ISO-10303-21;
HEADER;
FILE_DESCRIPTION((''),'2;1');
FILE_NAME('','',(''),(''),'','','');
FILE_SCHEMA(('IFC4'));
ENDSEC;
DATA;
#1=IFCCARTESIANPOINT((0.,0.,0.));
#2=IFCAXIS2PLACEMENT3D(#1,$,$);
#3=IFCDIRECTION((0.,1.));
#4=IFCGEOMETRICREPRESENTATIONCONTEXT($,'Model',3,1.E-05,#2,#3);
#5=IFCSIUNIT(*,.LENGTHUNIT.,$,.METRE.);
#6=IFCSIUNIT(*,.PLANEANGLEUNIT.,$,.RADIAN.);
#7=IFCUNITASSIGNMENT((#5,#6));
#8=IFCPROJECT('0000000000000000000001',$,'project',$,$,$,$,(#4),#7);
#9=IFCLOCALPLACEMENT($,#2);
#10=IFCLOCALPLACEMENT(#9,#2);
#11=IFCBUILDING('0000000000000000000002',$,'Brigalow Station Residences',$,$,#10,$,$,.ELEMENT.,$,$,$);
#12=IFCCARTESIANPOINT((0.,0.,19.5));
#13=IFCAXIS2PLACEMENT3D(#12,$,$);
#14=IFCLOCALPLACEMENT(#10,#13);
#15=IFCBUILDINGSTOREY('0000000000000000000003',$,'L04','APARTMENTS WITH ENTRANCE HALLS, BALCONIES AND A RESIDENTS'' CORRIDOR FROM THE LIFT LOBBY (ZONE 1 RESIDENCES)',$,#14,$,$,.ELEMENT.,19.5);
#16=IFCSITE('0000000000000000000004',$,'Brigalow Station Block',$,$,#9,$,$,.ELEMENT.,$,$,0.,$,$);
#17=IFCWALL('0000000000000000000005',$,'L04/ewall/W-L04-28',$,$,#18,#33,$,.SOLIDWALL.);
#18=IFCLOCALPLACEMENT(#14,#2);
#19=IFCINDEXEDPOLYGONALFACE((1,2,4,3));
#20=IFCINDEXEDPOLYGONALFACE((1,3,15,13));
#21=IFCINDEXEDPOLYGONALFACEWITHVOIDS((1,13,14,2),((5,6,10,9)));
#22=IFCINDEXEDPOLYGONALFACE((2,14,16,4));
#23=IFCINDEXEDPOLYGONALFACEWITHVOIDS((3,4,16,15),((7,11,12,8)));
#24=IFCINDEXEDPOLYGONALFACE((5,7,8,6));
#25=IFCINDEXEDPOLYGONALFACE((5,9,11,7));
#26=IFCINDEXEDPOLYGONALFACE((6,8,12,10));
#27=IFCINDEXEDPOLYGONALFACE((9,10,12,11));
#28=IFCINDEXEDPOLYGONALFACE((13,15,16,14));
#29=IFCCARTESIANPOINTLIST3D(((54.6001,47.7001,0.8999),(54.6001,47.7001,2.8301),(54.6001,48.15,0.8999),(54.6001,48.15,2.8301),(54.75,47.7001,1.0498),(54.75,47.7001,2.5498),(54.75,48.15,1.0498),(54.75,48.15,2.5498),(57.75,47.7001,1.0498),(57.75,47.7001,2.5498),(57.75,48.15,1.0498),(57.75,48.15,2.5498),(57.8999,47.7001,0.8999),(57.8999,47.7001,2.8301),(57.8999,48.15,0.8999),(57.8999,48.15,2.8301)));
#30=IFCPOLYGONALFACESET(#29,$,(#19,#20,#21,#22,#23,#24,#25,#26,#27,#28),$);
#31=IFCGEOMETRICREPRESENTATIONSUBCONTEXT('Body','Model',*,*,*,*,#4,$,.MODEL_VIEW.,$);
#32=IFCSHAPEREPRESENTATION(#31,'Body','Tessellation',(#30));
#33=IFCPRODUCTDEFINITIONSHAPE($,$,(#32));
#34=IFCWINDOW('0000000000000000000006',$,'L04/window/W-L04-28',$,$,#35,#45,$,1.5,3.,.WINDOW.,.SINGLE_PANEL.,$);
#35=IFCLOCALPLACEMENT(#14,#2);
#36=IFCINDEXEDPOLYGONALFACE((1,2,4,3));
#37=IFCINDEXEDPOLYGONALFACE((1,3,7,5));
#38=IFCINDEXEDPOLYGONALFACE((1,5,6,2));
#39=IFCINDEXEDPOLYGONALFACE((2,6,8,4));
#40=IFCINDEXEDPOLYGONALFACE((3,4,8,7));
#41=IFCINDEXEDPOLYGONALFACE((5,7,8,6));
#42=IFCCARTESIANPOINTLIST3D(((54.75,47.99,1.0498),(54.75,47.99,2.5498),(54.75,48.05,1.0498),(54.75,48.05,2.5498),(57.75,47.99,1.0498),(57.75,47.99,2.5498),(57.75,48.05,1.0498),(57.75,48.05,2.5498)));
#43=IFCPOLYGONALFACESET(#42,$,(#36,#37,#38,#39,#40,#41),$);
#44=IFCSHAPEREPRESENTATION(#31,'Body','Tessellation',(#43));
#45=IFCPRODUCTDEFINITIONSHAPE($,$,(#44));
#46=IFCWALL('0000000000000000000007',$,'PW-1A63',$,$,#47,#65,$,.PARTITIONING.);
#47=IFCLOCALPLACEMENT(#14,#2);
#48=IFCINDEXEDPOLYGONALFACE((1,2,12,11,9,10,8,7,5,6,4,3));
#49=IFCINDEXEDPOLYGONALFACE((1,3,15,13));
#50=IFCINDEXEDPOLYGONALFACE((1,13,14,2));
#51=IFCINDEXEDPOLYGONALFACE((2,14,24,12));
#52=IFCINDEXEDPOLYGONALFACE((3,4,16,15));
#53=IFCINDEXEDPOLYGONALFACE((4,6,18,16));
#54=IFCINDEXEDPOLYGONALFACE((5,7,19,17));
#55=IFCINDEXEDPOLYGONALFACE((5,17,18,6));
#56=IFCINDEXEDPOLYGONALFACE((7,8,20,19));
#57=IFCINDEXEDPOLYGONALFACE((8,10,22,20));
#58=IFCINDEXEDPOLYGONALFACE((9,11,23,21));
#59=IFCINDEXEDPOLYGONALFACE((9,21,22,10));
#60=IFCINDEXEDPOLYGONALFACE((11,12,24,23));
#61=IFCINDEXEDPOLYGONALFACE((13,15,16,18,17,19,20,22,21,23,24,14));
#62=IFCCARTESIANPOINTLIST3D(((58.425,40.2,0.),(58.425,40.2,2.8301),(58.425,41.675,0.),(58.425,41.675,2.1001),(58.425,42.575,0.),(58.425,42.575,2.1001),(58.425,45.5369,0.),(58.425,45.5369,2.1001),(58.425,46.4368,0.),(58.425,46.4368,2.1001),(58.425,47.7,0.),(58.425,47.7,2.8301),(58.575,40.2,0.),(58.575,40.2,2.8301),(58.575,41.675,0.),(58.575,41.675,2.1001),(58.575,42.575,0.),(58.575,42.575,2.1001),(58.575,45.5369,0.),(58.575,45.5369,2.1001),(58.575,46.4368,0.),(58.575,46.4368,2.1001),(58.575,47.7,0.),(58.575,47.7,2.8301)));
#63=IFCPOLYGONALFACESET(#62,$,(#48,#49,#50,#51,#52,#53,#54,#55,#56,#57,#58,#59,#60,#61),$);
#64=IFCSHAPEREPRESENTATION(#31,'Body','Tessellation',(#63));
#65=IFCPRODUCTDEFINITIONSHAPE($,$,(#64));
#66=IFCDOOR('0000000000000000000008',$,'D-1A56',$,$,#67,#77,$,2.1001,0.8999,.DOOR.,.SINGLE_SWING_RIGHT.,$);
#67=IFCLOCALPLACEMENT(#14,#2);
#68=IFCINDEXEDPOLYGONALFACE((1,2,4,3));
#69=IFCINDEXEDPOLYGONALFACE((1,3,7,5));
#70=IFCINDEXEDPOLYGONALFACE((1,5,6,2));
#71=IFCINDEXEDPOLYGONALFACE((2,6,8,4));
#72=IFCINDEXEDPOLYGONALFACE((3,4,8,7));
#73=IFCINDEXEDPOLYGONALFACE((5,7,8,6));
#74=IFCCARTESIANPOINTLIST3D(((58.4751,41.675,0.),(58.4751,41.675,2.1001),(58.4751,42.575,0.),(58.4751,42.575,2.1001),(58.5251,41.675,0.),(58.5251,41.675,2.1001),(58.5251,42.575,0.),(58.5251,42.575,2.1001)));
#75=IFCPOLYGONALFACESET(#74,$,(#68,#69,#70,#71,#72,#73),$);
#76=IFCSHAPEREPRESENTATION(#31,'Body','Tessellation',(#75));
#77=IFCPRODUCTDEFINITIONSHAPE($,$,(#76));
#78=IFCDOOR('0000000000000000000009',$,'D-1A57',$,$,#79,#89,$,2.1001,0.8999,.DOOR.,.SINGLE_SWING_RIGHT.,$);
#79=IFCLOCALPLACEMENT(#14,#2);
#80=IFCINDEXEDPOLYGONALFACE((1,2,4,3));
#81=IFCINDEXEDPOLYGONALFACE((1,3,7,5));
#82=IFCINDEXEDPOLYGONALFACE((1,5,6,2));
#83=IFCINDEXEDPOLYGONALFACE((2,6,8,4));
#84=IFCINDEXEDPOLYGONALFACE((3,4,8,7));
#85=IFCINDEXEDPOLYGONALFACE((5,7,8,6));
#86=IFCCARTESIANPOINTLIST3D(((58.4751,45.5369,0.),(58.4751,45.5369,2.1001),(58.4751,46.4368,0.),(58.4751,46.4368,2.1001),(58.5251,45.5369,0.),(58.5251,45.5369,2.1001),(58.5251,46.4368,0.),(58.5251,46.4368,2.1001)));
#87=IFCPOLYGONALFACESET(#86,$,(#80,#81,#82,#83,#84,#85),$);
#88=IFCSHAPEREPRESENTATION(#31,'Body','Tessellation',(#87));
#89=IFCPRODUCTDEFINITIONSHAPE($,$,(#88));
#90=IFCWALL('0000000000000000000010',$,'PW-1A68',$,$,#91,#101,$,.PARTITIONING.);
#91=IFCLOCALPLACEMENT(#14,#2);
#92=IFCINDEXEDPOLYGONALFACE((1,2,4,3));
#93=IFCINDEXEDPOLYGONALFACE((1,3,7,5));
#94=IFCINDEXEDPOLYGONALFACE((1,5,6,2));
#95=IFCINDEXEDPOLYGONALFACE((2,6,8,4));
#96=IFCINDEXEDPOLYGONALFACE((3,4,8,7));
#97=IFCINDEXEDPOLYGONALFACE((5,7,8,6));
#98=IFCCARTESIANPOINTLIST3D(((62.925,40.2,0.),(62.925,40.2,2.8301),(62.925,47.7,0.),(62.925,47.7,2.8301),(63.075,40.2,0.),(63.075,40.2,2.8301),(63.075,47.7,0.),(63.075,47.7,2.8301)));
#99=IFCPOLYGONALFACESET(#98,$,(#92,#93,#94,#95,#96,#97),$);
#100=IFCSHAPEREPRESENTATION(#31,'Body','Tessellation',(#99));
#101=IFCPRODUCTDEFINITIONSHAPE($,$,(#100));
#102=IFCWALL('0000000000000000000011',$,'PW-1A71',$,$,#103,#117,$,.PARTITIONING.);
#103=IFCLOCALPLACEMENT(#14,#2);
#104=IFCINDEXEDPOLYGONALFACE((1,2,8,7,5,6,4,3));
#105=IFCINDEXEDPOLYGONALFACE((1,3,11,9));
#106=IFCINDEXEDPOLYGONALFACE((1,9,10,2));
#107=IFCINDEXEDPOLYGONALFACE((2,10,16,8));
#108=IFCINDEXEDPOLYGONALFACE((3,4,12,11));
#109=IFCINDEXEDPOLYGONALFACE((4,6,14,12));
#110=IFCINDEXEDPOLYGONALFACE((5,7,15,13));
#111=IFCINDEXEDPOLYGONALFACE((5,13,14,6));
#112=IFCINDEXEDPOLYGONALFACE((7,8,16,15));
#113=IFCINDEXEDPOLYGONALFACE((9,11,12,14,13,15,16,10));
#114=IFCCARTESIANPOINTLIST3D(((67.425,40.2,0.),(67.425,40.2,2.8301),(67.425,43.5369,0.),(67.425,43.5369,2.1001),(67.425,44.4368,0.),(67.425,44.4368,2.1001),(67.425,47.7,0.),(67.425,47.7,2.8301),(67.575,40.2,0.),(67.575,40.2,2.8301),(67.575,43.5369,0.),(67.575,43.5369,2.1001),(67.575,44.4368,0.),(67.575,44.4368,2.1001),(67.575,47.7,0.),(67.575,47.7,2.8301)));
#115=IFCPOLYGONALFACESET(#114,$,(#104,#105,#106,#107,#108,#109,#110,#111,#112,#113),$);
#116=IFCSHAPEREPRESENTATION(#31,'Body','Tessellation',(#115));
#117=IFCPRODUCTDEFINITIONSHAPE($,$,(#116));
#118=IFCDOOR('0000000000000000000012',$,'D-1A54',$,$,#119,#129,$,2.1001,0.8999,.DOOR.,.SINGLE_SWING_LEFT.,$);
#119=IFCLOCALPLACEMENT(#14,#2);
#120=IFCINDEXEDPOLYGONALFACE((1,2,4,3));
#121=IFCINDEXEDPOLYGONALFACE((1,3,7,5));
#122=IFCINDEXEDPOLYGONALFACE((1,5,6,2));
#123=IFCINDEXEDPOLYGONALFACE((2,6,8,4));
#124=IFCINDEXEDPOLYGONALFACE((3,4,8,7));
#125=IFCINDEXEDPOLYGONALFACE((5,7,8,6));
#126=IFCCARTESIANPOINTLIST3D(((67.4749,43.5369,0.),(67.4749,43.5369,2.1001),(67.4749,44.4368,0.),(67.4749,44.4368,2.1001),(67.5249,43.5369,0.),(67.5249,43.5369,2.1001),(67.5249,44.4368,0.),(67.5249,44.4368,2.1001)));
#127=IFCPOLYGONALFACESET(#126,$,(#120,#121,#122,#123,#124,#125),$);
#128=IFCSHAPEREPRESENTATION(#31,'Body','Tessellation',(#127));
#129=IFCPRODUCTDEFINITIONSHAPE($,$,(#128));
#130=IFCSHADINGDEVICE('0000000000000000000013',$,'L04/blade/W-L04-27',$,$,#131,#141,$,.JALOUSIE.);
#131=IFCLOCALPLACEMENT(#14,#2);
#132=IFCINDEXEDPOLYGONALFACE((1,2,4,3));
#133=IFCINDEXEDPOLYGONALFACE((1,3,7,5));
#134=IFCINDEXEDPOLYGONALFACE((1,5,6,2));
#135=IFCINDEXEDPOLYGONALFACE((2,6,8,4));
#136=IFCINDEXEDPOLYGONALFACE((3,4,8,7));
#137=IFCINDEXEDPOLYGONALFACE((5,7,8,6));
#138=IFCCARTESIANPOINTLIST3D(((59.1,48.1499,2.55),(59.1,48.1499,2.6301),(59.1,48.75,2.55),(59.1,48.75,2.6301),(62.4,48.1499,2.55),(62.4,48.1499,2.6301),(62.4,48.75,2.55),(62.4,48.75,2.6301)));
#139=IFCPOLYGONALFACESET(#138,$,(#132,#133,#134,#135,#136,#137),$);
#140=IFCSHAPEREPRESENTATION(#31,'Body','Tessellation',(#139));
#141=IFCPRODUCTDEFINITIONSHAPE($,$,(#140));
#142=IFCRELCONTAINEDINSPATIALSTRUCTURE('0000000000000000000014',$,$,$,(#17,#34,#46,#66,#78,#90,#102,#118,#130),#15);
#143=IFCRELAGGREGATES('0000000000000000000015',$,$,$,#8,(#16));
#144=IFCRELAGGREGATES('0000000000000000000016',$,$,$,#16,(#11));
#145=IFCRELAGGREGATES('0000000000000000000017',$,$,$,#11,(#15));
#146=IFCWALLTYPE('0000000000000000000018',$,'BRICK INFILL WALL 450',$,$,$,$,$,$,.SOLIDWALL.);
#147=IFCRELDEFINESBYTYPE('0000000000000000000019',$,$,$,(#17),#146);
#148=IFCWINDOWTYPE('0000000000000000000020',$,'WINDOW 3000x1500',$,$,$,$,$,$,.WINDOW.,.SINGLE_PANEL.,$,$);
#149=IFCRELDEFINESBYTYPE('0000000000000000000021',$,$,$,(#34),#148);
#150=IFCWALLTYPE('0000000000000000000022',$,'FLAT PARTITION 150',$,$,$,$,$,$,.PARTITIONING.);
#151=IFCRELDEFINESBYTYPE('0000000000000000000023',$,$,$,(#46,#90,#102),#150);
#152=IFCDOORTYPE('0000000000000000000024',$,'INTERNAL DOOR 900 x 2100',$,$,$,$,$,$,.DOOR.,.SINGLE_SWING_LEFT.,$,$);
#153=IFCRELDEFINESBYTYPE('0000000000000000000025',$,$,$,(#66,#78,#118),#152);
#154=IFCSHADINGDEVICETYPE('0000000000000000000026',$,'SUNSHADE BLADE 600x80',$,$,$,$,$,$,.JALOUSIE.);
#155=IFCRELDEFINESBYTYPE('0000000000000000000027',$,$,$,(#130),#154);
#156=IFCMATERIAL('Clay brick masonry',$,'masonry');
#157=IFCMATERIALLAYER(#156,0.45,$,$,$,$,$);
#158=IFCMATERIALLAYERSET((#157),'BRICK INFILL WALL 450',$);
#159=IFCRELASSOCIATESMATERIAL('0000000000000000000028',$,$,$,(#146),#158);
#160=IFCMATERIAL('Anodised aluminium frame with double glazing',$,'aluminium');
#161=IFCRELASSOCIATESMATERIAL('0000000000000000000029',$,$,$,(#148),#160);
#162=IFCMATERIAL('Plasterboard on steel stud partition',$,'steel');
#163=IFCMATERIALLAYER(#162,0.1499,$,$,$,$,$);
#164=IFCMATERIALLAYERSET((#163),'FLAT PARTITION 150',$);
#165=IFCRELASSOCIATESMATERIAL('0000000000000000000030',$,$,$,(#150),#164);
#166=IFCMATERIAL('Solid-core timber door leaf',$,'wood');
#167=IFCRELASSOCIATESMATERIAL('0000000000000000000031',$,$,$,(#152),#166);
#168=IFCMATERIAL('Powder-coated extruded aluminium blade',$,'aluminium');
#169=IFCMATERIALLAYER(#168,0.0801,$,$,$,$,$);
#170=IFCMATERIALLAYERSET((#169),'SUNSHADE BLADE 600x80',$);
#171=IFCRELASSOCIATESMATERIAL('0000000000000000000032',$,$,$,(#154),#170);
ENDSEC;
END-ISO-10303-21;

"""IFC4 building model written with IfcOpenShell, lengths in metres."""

from ifc_helpers import new_model, si_unit, direction, frame, frame_2d, origin, origin_2d, place, context, subcontext, project, spatial, rectangle, extrude, material, layer, layer_set, type_object, element, fill, save


model = new_model("IFC4")

# Units and contexts
model_context = context("Model", 3, precision=1e-05, world=origin(), true_north=direction((0.0, 1.0)))
body_context = subcontext(model_context, "Body", "Model", "MODEL_VIEW")
ifc_project = project(units=[si_unit("LENGTHUNIT", "METRE"), si_unit("PLANEANGLEUNIT", "RADIAN")], contexts=[model_context])

# Site, building, storey
site_placement = place(None, origin())
site = spatial("IfcSite", under=ifc_project, at=site_placement, Name="Brigalow Station Block", CompositionType="ELEMENT", RefElevation=0.0)
building_placement = place(site_placement, origin())
building = spatial("IfcBuilding", under=site, at=building_placement, Name="Brigalow Station Residences", CompositionType="ELEMENT")
storey_placement = place(building_placement, frame((0.0, 0.0, 19.5)))
storey = spatial("IfcBuildingStorey", under=building, at=storey_placement, Name="L04", Description="APARTMENTS WITH ENTRANCE HALLS, BALCONIES AND A RESIDENTS' CORRIDOR FROM THE LIFT LOBBY (ZONE 1 RESIDENCES)", CompositionType="ELEMENT", Elevation=19.5)

# Shared definitions
ifc_material_1 = material(Name="Clay brick masonry", Category="masonry")
ifc_layer_1 = layer(ifc_material_1, 0.45)
ifc_layer_set_1 = layer_set([ifc_layer_1], Name="BRICK INFILL WALL 450")
wall_type_1 = type_object("IfcWallType", Name="BRICK INFILL WALL 450", PredefinedType="SOLIDWALL", material=ifc_layer_set_1)

# Wall, opening, window
ifc_material_2 = material(Name="Anodised aluminium frame with double glazing", Category="aluminium")
window_type = type_object("IfcWindowType", Name="WINDOW 3000x1500", PartitioningType="SINGLE_PANEL", PredefinedType="WINDOW", material=ifc_material_2)
wall_1_placement = place(storey_placement, frame((57.8999, 47.925, 0.8999), z_axis=(0.0, 0.0, 1.0), x_axis=(-1.0, 0.0, 0.0)))
wall_1 = element("IfcWall", 1, at=wall_1_placement, inside=storey, type_object=wall_type_1, Name="L04/ewall/W-L04-28", PredefinedType="SOLIDWALL", context=body_context, shape_type="SweptSolid", body=[
    extrude(rectangle(XDim=3.2998, YDim=0.45, at=frame_2d((1.6499, 0.0))), origin(), (0.0, 0.0, 1.0), 1.9302),
])
opening_1_placement = place(wall_1_placement, frame((0.1499, 0.0, 0.1499)))
opening_1 = element("IfcOpeningElement", 2, at=opening_1_placement, cuts=wall_1, PredefinedType="OPENING", context=body_context, shape_type="SweptSolid", body=[
    extrude(rectangle(XDim=3.0, YDim=1.5, at=frame_2d((1.5, 0.75))), frame((0.0, 0.2349, 0.0), z_axis=(0.0, -1.0, 0.0), x_axis=(1.0, 0.0, 0.0)), (0.0, 0.0, 1.0), 0.47),
])
window_1_placement = place(opening_1_placement, origin())
window_1 = element("IfcWindow", 3, at=window_1_placement, inside=storey, type_object=window_type, Name="L04/window/W-L04-28", OverallHeight=1.5, OverallWidth=3.0, PartitioningType="SINGLE_PANEL", PredefinedType="WINDOW", context=body_context, shape_type="SweptSolid", body=[
    extrude(rectangle(XDim=3.0, YDim=1.5, at=frame_2d((1.5, 0.75))), frame((0.0, -0.0649, 0.0), z_axis=(0.0, -1.0, 0.0), x_axis=(1.0, 0.0, 0.0)), (0.0, 0.0, 1.0), 0.0601),
])
fill(opening_1, window_1)

# Wall, openings, doors
ifc_material_3 = material(Name="Plasterboard on steel stud partition", Category="steel")
ifc_layer_2 = layer(ifc_material_3, 0.1499)
ifc_layer_set_2 = layer_set([ifc_layer_2], Name="FLAT PARTITION 150")
wall_type_2 = type_object("IfcWallType", Name="FLAT PARTITION 150", PredefinedType="PARTITIONING", material=ifc_layer_set_2)
wall_2_placement = place(storey_placement, frame((58.5, 40.2, 0.0), z_axis=(0.0, 0.0, 1.0), x_axis=(0.0, 1.0, 0.0)))
wall_2 = element("IfcWall", 4, at=wall_2_placement, inside=storey, type_object=wall_type_2, Name="PW-1A63", PredefinedType="PARTITIONING", context=body_context, shape_type="SweptSolid", body=[
    extrude(rectangle(XDim=7.5, YDim=0.1499, at=frame_2d((3.75, 0.0))), origin(), (0.0, 0.0, 1.0), 2.8301),
])
opening_2_placement = place(wall_2_placement, frame((1.4751, 0.0, 0.0)))
opening_2 = element("IfcOpeningElement", 5, at=opening_2_placement, cuts=wall_2, PredefinedType="OPENING", context=body_context, shape_type="SweptSolid", body=[
    extrude(rectangle(XDim=0.8999, YDim=2.1001, at=frame_2d((0.45, 1.05))), frame((0.0, 0.085, 0.0), z_axis=(0.0, -1.0, 0.0), x_axis=(1.0, 0.0, 0.0)), (0.0, 0.0, 1.0), 0.1699),
])
opening_3_placement = place(wall_2_placement, frame((5.3369, 0.0, 0.0)))
opening_3 = element("IfcOpeningElement", 6, at=opening_3_placement, cuts=wall_2, PredefinedType="OPENING", context=body_context, shape_type="SweptSolid", body=[
    extrude(rectangle(XDim=0.8999, YDim=2.1001, at=frame_2d((0.45, 1.05))), frame((0.0, 0.085, 0.0), z_axis=(0.0, -1.0, 0.0), x_axis=(1.0, 0.0, 0.0)), (0.0, 0.0, 1.0), 0.1699),
])
ifc_material_4 = material(Name="Solid-core timber door leaf", Category="wood")
door_type_1 = type_object("IfcDoorType", Name="INTERNAL DOOR 900 x 2100", OperationType="SINGLE_SWING_LEFT", PredefinedType="DOOR", material=ifc_material_4)
door_1_placement = place(opening_2_placement, origin())
door_1 = element("IfcDoor", 7, at=door_1_placement, inside=storey, type_object=door_type_1, Name="D-1A56", OperationType="SINGLE_SWING_RIGHT", OverallHeight=2.1001, OverallWidth=0.8999, PredefinedType="DOOR", context=body_context, shape_type="SweptSolid", body=[
    extrude(rectangle(XDim=0.8999, YDim=2.1001, at=frame_2d((0.45, 1.05))), frame((0.0, 0.0249, 0.0), z_axis=(0.0, -1.0, 0.0), x_axis=(1.0, 0.0, 0.0)), (0.0, 0.0, 1.0), 0.05),
])
fill(opening_2, door_1)
door_2_placement = place(opening_3_placement, origin())
door_2 = element("IfcDoor", 8, at=door_2_placement, inside=storey, type_object=door_type_1, Name="D-1A57", OperationType="SINGLE_SWING_RIGHT", OverallHeight=2.1001, OverallWidth=0.8999, PredefinedType="DOOR", context=body_context, shape_type="SweptSolid", body=[
    extrude(rectangle(XDim=0.8999, YDim=2.1001, at=frame_2d((0.45, 1.05))), frame((0.0, 0.0249, 0.0), z_axis=(0.0, -1.0, 0.0), x_axis=(1.0, 0.0, 0.0)), (0.0, 0.0, 1.0), 0.05),
])
fill(opening_3, door_2)

# Wall
wall_3_placement = place(storey_placement, frame((63.0, 40.2, 0.0), z_axis=(0.0, 0.0, 1.0), x_axis=(0.0, 1.0, 0.0)))
element("IfcWall", 9, at=wall_3_placement, inside=storey, type_object=wall_type_2, Name="PW-1A68", PredefinedType="PARTITIONING", context=body_context, shape_type="SweptSolid", body=[
    extrude(rectangle(XDim=7.5, YDim=0.1499, at=frame_2d((3.75, 0.0))), origin(), (0.0, 0.0, 1.0), 2.8301),
])

# Wall, opening, door
wall_4_placement = place(storey_placement, frame((67.5, 40.2, 0.0), z_axis=(0.0, 0.0, 1.0), x_axis=(0.0, 1.0, 0.0)))
wall_4 = element("IfcWall", 10, at=wall_4_placement, inside=storey, type_object=wall_type_2, Name="PW-1A71", PredefinedType="PARTITIONING", context=body_context, shape_type="SweptSolid", body=[
    extrude(rectangle(XDim=7.5, YDim=0.1499, at=frame_2d((3.75, 0.0))), origin(), (0.0, 0.0, 1.0), 2.8301),
])
opening_4_placement = place(wall_4_placement, frame((3.3369, 0.0, 0.0)))
opening_4 = element("IfcOpeningElement", 11, at=opening_4_placement, cuts=wall_4, PredefinedType="OPENING", context=body_context, shape_type="SweptSolid", body=[
    extrude(rectangle(XDim=0.8999, YDim=2.1001, at=frame_2d((0.45, 1.05))), frame((0.0, 0.085, 0.0), z_axis=(0.0, -1.0, 0.0), x_axis=(1.0, 0.0, 0.0)), (0.0, 0.0, 1.0), 0.1699),
])
door_3_placement = place(opening_4_placement, frame((0.8999, 0.0, 0.0), z_axis=(0.0, 0.0, 1.0), x_axis=(-1.0, 0.0, 0.0)))
door_3 = element("IfcDoor", 12, at=door_3_placement, inside=storey, type_object=door_type_1, Name="D-1A54", OperationType="SINGLE_SWING_LEFT", OverallHeight=2.1001, OverallWidth=0.8999, PredefinedType="DOOR", context=body_context, shape_type="SweptSolid", body=[
    extrude(rectangle(XDim=0.8999, YDim=2.1001, at=frame_2d((0.45, 1.05))), frame((0.0, 0.0249, 0.0), z_axis=(0.0, -1.0, 0.0), x_axis=(1.0, 0.0, 0.0)), (0.0, 0.0, 1.0), 0.05),
])
fill(opening_4, door_3)

# Shading device
ifc_material_5 = material(Name="Powder-coated extruded aluminium blade", Category="aluminium")
ifc_layer_3 = layer(ifc_material_5, 0.0801)
ifc_layer_set_3 = layer_set([ifc_layer_3], Name="SUNSHADE BLADE 600x80")
shading_device_type = type_object("IfcShadingDeviceType", Name="SUNSHADE BLADE 600x80", PredefinedType="JALOUSIE", material=ifc_layer_set_3)
shading_device_placement = place(storey_placement, frame((60.75, 48.45, 2.55), z_axis=(0.0, 0.0, 1.0), x_axis=(-1.0, 0.0, 0.0)))
element("IfcShadingDevice", 13, at=shading_device_placement, inside=storey, type_object=shading_device_type, Name="L04/blade/W-L04-27", PredefinedType="JALOUSIE", context=body_context, shape_type="SweptSolid", body=[
    extrude(rectangle(XDim=3.3, YDim=0.6001, at=origin_2d()), origin(), (0.0, 0.0, 1.0), 0.0801),
])

save(model, "model.ifc")
